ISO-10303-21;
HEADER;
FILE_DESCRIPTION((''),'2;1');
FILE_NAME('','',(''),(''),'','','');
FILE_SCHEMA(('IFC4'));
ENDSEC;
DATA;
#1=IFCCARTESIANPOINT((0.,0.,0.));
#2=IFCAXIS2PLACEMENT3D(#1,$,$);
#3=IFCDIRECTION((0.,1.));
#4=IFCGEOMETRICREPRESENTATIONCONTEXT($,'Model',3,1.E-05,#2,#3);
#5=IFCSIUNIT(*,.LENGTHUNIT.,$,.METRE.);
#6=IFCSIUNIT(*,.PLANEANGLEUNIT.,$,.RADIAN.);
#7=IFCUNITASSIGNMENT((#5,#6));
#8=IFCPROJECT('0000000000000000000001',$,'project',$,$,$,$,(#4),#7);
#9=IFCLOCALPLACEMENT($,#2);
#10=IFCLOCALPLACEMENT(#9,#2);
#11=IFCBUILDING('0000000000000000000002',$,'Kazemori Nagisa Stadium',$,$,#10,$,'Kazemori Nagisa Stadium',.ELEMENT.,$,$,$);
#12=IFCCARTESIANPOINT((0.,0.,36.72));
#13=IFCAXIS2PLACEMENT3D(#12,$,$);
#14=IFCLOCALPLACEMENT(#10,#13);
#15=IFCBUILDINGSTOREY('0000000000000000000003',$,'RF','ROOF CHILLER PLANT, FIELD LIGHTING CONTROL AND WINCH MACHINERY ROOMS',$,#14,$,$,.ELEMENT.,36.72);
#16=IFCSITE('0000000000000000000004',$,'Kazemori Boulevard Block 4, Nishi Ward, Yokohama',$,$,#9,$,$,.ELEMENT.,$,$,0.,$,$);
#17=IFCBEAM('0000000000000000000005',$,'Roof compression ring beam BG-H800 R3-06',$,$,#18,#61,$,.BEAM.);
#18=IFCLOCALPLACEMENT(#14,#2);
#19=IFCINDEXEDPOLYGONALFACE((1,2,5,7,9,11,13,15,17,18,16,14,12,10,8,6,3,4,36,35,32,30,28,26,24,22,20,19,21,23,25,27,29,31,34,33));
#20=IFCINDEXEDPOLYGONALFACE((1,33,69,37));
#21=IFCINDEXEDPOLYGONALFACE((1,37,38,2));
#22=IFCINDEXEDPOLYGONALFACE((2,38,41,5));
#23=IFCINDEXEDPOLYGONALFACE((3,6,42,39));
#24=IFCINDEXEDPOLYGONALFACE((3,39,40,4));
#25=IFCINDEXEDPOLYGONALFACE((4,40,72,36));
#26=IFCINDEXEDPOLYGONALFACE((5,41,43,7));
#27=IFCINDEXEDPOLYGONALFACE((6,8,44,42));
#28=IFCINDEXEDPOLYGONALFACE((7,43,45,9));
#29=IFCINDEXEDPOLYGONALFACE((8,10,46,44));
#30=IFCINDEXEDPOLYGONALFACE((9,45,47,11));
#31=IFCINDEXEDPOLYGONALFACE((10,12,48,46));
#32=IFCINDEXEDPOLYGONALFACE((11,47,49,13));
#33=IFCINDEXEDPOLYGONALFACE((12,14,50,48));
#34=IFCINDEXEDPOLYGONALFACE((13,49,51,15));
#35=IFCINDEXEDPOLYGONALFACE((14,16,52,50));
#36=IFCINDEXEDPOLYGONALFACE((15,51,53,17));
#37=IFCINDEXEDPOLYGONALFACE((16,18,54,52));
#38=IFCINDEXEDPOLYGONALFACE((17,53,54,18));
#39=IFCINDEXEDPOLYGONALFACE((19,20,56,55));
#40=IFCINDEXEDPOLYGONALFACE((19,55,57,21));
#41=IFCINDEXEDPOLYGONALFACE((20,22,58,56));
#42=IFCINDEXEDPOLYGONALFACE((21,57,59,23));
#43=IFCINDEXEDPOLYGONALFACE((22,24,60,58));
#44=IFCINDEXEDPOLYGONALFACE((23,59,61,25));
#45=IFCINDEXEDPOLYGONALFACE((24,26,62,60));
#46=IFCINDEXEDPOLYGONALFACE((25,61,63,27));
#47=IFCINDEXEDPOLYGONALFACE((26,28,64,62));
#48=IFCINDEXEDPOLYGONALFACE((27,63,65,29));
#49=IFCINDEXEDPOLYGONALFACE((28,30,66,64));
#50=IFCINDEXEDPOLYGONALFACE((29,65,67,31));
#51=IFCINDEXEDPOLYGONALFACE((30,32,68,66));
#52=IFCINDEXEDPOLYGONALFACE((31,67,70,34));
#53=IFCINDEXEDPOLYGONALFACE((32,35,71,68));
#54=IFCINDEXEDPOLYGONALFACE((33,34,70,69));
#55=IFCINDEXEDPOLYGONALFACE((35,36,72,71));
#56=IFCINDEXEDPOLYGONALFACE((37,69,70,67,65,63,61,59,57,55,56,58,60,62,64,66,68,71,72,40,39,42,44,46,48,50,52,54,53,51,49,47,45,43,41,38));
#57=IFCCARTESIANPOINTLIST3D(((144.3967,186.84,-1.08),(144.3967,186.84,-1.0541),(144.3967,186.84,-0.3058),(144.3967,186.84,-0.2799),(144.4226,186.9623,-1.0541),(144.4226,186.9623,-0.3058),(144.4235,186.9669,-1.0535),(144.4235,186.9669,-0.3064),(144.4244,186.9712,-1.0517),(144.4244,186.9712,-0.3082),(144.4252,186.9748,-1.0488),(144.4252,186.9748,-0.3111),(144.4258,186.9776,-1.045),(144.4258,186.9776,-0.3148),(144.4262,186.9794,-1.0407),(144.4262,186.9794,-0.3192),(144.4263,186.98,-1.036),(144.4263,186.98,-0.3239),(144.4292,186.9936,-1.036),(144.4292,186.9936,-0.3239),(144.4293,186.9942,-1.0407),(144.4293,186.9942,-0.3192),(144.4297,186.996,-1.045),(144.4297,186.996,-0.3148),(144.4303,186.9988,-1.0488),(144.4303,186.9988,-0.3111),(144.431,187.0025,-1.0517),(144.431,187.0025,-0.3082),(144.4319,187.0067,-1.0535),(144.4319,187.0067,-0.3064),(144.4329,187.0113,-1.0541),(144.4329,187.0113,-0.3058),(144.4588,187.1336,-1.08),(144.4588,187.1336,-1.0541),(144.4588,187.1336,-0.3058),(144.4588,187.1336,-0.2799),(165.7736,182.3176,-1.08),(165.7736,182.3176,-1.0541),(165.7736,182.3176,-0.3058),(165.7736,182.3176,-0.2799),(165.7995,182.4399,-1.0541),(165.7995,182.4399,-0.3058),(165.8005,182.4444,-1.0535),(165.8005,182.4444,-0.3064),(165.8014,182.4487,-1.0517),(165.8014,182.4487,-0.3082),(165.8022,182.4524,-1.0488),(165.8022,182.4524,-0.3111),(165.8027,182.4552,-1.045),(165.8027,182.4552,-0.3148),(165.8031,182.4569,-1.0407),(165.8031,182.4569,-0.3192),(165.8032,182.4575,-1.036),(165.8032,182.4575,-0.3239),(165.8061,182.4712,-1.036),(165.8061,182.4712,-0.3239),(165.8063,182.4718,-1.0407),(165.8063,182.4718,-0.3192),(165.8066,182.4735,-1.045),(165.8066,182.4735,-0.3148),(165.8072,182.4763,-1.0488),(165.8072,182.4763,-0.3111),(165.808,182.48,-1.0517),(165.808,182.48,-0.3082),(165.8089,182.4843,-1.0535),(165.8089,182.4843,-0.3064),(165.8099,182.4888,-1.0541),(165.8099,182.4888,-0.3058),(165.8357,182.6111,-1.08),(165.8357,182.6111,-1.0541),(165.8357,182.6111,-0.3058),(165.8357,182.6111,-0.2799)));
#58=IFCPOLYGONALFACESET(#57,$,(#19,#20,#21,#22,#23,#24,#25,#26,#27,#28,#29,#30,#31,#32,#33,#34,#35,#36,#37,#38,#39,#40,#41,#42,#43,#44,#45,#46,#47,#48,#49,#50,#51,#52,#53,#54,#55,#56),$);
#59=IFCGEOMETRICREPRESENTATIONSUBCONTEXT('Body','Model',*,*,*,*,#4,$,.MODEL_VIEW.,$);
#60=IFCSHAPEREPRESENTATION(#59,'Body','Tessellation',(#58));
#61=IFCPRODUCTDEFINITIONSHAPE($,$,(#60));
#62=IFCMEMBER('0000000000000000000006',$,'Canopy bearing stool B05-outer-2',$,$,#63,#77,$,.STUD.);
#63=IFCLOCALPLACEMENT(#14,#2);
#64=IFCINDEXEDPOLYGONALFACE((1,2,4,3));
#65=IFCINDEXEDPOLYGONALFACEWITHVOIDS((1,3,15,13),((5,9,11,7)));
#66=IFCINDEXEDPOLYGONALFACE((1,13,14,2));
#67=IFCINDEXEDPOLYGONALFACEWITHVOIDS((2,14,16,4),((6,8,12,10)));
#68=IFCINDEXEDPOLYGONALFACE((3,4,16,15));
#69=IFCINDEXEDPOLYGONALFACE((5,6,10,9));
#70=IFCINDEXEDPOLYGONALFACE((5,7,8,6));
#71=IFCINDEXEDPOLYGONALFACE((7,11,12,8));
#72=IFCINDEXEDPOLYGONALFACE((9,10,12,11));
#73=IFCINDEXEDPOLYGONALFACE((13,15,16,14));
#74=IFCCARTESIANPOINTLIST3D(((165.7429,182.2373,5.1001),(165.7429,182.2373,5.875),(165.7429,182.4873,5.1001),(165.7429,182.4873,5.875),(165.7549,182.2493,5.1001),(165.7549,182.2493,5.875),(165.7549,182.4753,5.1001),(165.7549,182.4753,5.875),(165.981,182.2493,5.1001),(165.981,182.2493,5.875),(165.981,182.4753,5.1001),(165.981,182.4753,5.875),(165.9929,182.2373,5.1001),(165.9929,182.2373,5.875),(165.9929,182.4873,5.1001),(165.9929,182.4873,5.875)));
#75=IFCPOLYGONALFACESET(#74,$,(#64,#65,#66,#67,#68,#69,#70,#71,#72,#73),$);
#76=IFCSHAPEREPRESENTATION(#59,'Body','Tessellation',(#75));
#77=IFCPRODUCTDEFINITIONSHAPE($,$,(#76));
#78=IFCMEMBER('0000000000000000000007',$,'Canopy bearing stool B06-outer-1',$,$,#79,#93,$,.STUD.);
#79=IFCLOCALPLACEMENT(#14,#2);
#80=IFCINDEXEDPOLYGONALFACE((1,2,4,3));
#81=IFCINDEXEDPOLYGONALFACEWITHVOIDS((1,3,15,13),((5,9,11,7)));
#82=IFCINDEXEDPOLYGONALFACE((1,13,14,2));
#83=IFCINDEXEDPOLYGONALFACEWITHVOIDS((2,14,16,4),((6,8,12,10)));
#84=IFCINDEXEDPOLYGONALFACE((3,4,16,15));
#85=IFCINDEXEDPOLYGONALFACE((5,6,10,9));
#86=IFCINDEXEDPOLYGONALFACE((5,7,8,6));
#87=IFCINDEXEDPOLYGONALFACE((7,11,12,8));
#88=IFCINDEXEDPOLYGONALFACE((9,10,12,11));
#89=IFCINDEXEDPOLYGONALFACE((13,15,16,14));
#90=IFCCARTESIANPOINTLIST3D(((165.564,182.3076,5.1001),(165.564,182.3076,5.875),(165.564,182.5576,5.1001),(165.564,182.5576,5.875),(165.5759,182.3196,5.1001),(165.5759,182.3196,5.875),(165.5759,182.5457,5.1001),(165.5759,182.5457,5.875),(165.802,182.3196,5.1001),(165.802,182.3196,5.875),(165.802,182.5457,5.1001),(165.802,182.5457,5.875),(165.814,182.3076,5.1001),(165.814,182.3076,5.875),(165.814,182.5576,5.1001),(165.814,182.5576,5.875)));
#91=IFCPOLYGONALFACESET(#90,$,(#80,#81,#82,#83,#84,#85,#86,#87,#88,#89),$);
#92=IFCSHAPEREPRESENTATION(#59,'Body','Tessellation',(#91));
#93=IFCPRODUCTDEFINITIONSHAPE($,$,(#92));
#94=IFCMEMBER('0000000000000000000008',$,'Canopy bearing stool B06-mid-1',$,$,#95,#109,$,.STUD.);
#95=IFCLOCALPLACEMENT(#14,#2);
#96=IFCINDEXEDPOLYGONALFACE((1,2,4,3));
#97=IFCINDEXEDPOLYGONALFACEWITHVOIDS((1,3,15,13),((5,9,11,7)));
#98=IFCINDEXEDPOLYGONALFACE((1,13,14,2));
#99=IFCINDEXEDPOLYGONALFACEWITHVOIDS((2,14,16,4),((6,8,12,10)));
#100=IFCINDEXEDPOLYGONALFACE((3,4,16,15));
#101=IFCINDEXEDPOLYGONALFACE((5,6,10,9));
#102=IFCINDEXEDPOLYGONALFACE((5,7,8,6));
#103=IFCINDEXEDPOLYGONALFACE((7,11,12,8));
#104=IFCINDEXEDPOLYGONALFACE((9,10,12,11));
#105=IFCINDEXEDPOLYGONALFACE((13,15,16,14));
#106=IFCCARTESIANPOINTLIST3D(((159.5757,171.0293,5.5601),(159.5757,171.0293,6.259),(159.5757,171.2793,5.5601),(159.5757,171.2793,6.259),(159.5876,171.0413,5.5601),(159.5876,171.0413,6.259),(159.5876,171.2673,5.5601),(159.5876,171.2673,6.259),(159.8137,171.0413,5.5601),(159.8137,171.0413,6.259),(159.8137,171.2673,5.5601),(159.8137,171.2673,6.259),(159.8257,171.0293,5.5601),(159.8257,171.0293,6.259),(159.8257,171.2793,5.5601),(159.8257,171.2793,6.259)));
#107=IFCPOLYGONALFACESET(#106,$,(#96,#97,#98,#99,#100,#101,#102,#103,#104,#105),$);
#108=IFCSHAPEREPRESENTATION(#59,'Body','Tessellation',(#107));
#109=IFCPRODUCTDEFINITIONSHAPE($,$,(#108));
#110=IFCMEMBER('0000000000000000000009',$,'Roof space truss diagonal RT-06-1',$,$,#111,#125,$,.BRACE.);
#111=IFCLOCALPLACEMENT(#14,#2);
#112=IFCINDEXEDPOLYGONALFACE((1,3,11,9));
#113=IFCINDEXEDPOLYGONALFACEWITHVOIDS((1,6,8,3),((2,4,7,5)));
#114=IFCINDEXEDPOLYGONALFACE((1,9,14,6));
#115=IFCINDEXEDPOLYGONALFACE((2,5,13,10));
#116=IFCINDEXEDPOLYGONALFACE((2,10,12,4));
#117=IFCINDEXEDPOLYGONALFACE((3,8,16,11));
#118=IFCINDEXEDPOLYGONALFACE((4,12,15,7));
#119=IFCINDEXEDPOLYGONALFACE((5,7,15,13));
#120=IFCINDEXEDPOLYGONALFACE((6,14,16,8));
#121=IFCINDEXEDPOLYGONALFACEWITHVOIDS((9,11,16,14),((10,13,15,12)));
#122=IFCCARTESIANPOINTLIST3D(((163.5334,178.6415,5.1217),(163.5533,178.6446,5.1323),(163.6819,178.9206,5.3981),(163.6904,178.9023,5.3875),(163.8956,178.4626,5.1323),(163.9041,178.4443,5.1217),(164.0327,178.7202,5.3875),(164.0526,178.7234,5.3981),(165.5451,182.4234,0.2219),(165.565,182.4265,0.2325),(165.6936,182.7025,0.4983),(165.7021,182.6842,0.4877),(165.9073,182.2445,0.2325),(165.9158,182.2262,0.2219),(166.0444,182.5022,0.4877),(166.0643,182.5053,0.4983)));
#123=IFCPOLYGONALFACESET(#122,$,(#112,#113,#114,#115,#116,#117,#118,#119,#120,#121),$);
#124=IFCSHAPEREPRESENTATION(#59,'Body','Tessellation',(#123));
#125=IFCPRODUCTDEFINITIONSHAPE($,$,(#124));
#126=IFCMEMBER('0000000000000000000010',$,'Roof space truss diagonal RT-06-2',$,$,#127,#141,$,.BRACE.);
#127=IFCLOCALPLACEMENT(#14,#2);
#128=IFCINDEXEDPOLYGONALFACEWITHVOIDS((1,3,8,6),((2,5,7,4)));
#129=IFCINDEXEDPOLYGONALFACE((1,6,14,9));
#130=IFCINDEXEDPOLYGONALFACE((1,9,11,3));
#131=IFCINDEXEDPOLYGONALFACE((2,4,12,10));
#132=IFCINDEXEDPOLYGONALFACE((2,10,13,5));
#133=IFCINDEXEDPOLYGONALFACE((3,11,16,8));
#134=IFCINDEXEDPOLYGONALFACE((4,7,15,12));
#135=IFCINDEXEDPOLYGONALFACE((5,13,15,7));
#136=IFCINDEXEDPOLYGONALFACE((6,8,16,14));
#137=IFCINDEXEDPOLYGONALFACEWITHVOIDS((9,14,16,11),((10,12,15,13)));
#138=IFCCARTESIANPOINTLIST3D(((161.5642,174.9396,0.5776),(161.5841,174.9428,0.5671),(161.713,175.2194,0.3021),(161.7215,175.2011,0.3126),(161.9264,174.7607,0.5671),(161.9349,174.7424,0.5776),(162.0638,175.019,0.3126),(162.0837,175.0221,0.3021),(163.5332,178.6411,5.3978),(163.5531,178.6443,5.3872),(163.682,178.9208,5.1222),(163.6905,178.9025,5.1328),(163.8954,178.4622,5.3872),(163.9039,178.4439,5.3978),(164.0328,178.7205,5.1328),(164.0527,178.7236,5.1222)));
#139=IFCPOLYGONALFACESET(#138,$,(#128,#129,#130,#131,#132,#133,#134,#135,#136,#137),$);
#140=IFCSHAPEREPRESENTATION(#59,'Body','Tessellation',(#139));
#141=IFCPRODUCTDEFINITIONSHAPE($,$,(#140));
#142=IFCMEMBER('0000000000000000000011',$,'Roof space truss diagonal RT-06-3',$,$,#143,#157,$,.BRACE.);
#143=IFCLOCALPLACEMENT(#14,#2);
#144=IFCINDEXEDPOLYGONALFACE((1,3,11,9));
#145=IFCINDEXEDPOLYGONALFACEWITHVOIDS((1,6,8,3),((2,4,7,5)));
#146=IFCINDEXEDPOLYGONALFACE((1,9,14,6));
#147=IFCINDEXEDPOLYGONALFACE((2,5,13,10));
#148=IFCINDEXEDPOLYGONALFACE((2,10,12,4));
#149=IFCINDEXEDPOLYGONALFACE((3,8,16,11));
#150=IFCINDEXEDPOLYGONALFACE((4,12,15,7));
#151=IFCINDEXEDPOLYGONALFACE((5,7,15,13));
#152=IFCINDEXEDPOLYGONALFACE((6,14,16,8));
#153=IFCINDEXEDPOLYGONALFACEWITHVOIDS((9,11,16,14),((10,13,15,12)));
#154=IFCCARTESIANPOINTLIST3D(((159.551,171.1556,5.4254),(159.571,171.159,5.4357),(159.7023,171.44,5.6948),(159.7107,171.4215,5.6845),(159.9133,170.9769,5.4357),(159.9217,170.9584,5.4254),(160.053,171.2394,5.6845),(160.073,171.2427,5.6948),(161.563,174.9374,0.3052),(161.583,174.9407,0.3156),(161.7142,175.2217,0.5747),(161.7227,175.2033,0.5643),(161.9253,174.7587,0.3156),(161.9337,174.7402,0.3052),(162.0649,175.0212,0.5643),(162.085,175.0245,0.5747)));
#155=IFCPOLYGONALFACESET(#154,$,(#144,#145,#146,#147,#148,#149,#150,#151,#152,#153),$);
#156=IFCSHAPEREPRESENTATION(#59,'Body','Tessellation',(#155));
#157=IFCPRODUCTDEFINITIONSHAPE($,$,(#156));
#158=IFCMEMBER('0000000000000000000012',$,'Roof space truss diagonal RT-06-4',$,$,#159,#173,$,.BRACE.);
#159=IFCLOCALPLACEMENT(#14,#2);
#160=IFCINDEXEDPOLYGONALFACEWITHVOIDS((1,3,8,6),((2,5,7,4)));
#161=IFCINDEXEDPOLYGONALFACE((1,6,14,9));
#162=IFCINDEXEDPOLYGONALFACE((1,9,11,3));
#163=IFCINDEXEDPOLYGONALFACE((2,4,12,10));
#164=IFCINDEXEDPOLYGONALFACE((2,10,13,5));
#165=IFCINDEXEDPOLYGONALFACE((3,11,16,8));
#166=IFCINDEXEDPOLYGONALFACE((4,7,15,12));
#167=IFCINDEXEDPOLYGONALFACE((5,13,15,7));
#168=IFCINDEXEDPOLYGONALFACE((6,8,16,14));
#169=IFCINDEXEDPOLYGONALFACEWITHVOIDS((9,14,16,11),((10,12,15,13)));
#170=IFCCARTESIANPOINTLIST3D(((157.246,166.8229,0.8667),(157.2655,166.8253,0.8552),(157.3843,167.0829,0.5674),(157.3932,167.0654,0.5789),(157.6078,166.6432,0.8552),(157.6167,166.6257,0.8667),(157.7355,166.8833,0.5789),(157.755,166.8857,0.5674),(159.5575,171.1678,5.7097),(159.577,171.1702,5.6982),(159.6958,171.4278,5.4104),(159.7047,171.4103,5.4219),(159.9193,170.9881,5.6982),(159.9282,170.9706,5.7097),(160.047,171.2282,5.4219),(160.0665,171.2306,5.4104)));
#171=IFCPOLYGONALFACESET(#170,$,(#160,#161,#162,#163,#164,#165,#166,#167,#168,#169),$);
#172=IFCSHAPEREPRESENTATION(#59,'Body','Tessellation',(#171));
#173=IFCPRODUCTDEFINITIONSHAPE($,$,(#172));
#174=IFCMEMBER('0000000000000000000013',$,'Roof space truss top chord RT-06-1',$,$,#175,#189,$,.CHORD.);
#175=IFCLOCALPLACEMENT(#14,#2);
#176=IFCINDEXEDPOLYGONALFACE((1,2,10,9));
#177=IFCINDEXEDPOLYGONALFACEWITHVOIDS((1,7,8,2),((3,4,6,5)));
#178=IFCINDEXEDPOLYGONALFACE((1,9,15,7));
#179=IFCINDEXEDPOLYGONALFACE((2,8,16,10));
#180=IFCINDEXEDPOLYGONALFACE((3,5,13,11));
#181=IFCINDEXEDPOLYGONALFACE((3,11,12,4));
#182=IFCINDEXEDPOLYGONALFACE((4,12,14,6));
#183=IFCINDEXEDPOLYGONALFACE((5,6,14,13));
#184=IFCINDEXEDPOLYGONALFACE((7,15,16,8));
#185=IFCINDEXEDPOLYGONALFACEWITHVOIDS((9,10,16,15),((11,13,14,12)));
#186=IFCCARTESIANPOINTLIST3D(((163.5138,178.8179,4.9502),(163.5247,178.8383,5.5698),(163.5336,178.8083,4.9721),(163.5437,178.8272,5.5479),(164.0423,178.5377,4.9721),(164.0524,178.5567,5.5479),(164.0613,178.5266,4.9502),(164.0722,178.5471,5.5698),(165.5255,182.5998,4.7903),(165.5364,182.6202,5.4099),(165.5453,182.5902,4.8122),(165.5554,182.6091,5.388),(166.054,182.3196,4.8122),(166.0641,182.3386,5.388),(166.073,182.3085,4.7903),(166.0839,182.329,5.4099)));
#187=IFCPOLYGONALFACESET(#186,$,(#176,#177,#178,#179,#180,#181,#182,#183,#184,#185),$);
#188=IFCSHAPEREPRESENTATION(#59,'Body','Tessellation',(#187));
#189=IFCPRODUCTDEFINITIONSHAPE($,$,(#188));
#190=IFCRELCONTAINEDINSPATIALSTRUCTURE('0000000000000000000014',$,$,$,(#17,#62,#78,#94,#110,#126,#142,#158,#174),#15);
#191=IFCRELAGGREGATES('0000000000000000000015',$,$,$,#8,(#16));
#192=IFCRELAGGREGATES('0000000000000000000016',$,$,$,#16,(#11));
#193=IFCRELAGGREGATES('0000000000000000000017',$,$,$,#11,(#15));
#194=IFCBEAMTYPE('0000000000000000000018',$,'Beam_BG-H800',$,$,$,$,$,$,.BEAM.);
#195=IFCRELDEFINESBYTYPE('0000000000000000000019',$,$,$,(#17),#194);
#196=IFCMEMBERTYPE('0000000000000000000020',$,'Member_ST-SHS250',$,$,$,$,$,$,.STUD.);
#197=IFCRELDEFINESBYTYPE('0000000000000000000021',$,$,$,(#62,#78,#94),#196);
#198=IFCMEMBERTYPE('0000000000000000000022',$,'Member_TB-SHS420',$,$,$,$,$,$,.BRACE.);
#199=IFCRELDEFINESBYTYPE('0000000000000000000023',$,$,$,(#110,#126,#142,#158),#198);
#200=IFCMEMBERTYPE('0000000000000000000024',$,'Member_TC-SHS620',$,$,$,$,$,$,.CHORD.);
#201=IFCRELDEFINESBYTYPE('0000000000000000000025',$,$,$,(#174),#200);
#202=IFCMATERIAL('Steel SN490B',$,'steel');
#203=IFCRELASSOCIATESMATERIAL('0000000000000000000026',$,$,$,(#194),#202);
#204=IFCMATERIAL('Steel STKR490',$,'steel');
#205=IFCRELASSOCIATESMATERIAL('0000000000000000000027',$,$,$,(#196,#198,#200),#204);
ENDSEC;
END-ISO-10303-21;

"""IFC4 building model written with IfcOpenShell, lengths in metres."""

from ifc_helpers import new_model, si_unit, direction, frame, origin, origin_2d, place, context, subcontext, project, spatial, hollow_rectangle, i_section, extrude, material, material_profile, profile_set, type_object, element, save


model = new_model("IFC4")

# Units and contexts
model_context = context("Model", 3, precision=1e-05, world=origin(), true_north=direction((0.0, 1.0)))
body_context = subcontext(model_context, "Body", "Model", "MODEL_VIEW")
ifc_project = project(units=[si_unit("LENGTHUNIT", "METRE"), si_unit("PLANEANGLEUNIT", "RADIAN")], contexts=[model_context])

# Site, building, storey
site_placement = place(None, origin())
site = spatial("IfcSite", under=ifc_project, at=site_placement, Name="Kazemori Boulevard Block 4, Nishi Ward, Yokohama", CompositionType="ELEMENT", RefElevation=0.0)
building_placement = place(site_placement, origin())
building = spatial("IfcBuilding", under=site, at=building_placement, Name="Kazemori Nagisa Stadium", LongName="Kazemori Nagisa Stadium", CompositionType="ELEMENT")
storey_placement = place(building_placement, frame((0.0, 0.0, 36.72)))
storey = spatial("IfcBuildingStorey", under=building, at=storey_placement, Name="RF", Description="ROOF CHILLER PLANT, FIELD LIGHTING CONTROL AND WINCH MACHINERY ROOMS", CompositionType="ELEMENT", Elevation=36.72)

# Shared definitions
ifc_material_1 = material(Name="Steel SN490B", Category="steel")

# Beam
ifc_material_profile_1 = material_profile(ifc_material_1, i_section(OverallWidth=0.3, OverallDepth=0.8, WebThickness=0.0139, FlangeThickness=0.0259, FilletRadius=0.0181, at=origin_2d()), Name="H-800x300x14x26")
ifc_profile_set_1 = profile_set([ifc_material_profile_1], Name="Steel SN490B")
beam_type_1 = type_object("IfcBeamType", Name="Beam_BG-H800", PredefinedType="BEAM", material=ifc_profile_set_1)
beam_1_placement = place(storey_placement, frame((165.8047, 182.4644, -0.6799), z_axis=(-0.978346, 0.206977, 0.0), x_axis=(-0.206977, -0.978346, 0.0)))
element("IfcBeam", 1, at=beam_1_placement, inside=storey, type_object=beam_type_1, Name="Roof compression ring beam BG-H800 R3-06", PredefinedType="BEAM", context=body_context, shape_type="SweptSolid", body=[
    extrude(i_section(OverallWidth=0.3, OverallDepth=0.8, WebThickness=0.0139, FlangeThickness=0.0259, FilletRadius=0.0181, at=origin_2d()), origin(), (0.0, 0.0, 1.0), 21.8501),
])

# Members
ifc_material_2 = material(Name="Steel STKR490", Category="steel")
ifc_material_profile_2 = material_profile(ifc_material_2, hollow_rectangle(XDim=0.25, YDim=0.25, WallThickness=0.012, at=origin_2d()), Name="SHS-250x250x12")
ifc_profile_set_2 = profile_set([ifc_material_profile_2], Name="Steel STKR490")
member_type_1 = type_object("IfcMemberType", Name="Member_ST-SHS250", PredefinedType="STUD", material=ifc_profile_set_2)
for number, where, z_axis, x_axis, name in (
    (2, (165.8679, 182.3623, 5.1001), (0.0, 0.0, 1.0), (1.0, 0.0, 0.0), "Canopy bearing stool B05-outer-2"),
    (3, (165.689, 182.4326, 5.1001), (0.0, 0.0, 1.0), (1.0, 0.0, 0.0), "Canopy bearing stool B06-outer-1"),
):
    element("IfcMember", number, at=place(storey_placement, frame(where, z_axis=z_axis, x_axis=x_axis)), inside=storey, type_object=member_type_1, Name=name, PredefinedType="STUD", context=body_context, shape_type="SweptSolid", body=[
        extrude(hollow_rectangle(XDim=0.25, YDim=0.25, WallThickness=0.012, at=origin_2d()), origin(), (0.0, 0.0, 1.0), 0.7749),
    ])
member_1_placement = place(storey_placement, frame((159.7007, 171.1543, 5.5601), z_axis=(0.0, 0.0, 1.0), x_axis=(1.0, 0.0, 0.0)))
element("IfcMember", 4, at=member_1_placement, inside=storey, type_object=member_type_1, Name="Canopy bearing stool B06-mid-1", PredefinedType="STUD", context=body_context, shape_type="SweptSolid", body=[
    extrude(hollow_rectangle(XDim=0.25, YDim=0.25, WallThickness=0.012, at=origin_2d()), origin(), (0.0, 0.0, 1.0), 0.699),
])
ifc_material_profile_3 = material_profile(ifc_material_2, hollow_rectangle(XDim=0.4199, YDim=0.4199, WallThickness=0.0161, at=origin_2d()), Name="SHS-420x420x16")
ifc_profile_set_3 = profile_set([ifc_material_profile_3], Name="Steel STKR490")
member_type_2 = type_object("IfcMemberType", Name="Member_TB-SHS420", PredefinedType="BRACE", material=ifc_profile_set_3)
member_2_placement = place(storey_placement, frame((165.8047, 182.4644, 0.3601), z_axis=(-0.309095, -0.581091, 0.752857), x_axis=(0.88287, -0.469618, 0.0)))
element("IfcMember", 5, at=member_2_placement, inside=storey, type_object=member_type_2, Name="Roof space truss diagonal RT-06-1", PredefinedType="BRACE", context=body_context, shape_type="SweptSolid", body=[
    extrude(hollow_rectangle(XDim=0.4199, YDim=0.4199, WallThickness=0.0161, at=origin_2d()), origin(), (0.0, 0.0, 1.0), 6.5083),
])
member_3_placement = place(storey_placement, frame((163.793, 178.6824, 5.26), z_axis=(-0.308218, -0.579405, -0.754514), x_axis=(0.882857, -0.469642, 0.0)))
element("IfcMember", 6, at=member_3_placement, inside=storey, type_object=member_type_2, Name="Roof space truss diagonal RT-06-2", PredefinedType="BRACE", context=body_context, shape_type="SweptSolid", body=[
    extrude(hollow_rectangle(XDim=0.4199, YDim=0.4199, WallThickness=0.0161, at=origin_2d()), origin(), (0.0, 0.0, 1.0), 6.3884),
])
member_4_placement = place(storey_placement, frame((161.824, 174.981, 0.4399), z_axis=(-0.301385, -0.566492, 0.766977), x_axis=(0.882834, -0.469686, 0.0)))
element("IfcMember", 7, at=member_4_placement, inside=storey, type_object=member_type_2, Name="Roof space truss diagonal RT-06-3", PredefinedType="BRACE", context=body_context, shape_type="SweptSolid", body=[
    extrude(hollow_rectangle(XDim=0.4199, YDim=0.4199, WallThickness=0.0161, at=origin_2d()), origin(), (0.0, 0.0, 1.0), 6.6758),
])
member_5_placement = place(storey_placement, frame((159.812, 171.1992, 5.5601), z_axis=(-0.334769, -0.629265, -0.701395), x_axis=(0.882841, -0.469671, 0.0)))
element("IfcMember", 8, at=member_5_placement, inside=storey, type_object=member_type_2, Name="Roof space truss diagonal RT-06-4", PredefinedType="BRACE", context=body_context, shape_type="SweptSolid", body=[
    extrude(hollow_rectangle(XDim=0.4199, YDim=0.4199, WallThickness=0.0161, at=origin_2d()), origin(), (0.0, 0.0, 1.0), 6.9048),
])
ifc_material_profile_4 = material_profile(ifc_material_2, hollow_rectangle(XDim=0.6201, YDim=0.6201, WallThickness=0.022, at=origin_2d()), Name="SHS-620x620x22")
ifc_profile_set_4 = profile_set([ifc_material_profile_4], Name="Steel STKR490")
member_type_3 = type_object("IfcMemberType", Name="Member_TC-SHS620", PredefinedType="CHORD", material=ifc_profile_set_4)
member_6_placement = place(storey_placement, frame((165.8047, 182.4644, 5.1001), z_axis=(-0.469291, -0.882255, 0.037304), x_axis=(0.88287, -0.469618, 0.0)))
element("IfcMember", 9, at=member_6_placement, inside=storey, type_object=member_type_3, Name="Roof space truss top chord RT-06-1", PredefinedType="CHORD", context=body_context, shape_type="SweptSolid", body=[
    extrude(hollow_rectangle(XDim=0.6201, YDim=0.6201, WallThickness=0.022, at=origin_2d()), origin(), (0.0, 0.0, 1.0), 4.2866),
])

save(model, "model.ifc")
